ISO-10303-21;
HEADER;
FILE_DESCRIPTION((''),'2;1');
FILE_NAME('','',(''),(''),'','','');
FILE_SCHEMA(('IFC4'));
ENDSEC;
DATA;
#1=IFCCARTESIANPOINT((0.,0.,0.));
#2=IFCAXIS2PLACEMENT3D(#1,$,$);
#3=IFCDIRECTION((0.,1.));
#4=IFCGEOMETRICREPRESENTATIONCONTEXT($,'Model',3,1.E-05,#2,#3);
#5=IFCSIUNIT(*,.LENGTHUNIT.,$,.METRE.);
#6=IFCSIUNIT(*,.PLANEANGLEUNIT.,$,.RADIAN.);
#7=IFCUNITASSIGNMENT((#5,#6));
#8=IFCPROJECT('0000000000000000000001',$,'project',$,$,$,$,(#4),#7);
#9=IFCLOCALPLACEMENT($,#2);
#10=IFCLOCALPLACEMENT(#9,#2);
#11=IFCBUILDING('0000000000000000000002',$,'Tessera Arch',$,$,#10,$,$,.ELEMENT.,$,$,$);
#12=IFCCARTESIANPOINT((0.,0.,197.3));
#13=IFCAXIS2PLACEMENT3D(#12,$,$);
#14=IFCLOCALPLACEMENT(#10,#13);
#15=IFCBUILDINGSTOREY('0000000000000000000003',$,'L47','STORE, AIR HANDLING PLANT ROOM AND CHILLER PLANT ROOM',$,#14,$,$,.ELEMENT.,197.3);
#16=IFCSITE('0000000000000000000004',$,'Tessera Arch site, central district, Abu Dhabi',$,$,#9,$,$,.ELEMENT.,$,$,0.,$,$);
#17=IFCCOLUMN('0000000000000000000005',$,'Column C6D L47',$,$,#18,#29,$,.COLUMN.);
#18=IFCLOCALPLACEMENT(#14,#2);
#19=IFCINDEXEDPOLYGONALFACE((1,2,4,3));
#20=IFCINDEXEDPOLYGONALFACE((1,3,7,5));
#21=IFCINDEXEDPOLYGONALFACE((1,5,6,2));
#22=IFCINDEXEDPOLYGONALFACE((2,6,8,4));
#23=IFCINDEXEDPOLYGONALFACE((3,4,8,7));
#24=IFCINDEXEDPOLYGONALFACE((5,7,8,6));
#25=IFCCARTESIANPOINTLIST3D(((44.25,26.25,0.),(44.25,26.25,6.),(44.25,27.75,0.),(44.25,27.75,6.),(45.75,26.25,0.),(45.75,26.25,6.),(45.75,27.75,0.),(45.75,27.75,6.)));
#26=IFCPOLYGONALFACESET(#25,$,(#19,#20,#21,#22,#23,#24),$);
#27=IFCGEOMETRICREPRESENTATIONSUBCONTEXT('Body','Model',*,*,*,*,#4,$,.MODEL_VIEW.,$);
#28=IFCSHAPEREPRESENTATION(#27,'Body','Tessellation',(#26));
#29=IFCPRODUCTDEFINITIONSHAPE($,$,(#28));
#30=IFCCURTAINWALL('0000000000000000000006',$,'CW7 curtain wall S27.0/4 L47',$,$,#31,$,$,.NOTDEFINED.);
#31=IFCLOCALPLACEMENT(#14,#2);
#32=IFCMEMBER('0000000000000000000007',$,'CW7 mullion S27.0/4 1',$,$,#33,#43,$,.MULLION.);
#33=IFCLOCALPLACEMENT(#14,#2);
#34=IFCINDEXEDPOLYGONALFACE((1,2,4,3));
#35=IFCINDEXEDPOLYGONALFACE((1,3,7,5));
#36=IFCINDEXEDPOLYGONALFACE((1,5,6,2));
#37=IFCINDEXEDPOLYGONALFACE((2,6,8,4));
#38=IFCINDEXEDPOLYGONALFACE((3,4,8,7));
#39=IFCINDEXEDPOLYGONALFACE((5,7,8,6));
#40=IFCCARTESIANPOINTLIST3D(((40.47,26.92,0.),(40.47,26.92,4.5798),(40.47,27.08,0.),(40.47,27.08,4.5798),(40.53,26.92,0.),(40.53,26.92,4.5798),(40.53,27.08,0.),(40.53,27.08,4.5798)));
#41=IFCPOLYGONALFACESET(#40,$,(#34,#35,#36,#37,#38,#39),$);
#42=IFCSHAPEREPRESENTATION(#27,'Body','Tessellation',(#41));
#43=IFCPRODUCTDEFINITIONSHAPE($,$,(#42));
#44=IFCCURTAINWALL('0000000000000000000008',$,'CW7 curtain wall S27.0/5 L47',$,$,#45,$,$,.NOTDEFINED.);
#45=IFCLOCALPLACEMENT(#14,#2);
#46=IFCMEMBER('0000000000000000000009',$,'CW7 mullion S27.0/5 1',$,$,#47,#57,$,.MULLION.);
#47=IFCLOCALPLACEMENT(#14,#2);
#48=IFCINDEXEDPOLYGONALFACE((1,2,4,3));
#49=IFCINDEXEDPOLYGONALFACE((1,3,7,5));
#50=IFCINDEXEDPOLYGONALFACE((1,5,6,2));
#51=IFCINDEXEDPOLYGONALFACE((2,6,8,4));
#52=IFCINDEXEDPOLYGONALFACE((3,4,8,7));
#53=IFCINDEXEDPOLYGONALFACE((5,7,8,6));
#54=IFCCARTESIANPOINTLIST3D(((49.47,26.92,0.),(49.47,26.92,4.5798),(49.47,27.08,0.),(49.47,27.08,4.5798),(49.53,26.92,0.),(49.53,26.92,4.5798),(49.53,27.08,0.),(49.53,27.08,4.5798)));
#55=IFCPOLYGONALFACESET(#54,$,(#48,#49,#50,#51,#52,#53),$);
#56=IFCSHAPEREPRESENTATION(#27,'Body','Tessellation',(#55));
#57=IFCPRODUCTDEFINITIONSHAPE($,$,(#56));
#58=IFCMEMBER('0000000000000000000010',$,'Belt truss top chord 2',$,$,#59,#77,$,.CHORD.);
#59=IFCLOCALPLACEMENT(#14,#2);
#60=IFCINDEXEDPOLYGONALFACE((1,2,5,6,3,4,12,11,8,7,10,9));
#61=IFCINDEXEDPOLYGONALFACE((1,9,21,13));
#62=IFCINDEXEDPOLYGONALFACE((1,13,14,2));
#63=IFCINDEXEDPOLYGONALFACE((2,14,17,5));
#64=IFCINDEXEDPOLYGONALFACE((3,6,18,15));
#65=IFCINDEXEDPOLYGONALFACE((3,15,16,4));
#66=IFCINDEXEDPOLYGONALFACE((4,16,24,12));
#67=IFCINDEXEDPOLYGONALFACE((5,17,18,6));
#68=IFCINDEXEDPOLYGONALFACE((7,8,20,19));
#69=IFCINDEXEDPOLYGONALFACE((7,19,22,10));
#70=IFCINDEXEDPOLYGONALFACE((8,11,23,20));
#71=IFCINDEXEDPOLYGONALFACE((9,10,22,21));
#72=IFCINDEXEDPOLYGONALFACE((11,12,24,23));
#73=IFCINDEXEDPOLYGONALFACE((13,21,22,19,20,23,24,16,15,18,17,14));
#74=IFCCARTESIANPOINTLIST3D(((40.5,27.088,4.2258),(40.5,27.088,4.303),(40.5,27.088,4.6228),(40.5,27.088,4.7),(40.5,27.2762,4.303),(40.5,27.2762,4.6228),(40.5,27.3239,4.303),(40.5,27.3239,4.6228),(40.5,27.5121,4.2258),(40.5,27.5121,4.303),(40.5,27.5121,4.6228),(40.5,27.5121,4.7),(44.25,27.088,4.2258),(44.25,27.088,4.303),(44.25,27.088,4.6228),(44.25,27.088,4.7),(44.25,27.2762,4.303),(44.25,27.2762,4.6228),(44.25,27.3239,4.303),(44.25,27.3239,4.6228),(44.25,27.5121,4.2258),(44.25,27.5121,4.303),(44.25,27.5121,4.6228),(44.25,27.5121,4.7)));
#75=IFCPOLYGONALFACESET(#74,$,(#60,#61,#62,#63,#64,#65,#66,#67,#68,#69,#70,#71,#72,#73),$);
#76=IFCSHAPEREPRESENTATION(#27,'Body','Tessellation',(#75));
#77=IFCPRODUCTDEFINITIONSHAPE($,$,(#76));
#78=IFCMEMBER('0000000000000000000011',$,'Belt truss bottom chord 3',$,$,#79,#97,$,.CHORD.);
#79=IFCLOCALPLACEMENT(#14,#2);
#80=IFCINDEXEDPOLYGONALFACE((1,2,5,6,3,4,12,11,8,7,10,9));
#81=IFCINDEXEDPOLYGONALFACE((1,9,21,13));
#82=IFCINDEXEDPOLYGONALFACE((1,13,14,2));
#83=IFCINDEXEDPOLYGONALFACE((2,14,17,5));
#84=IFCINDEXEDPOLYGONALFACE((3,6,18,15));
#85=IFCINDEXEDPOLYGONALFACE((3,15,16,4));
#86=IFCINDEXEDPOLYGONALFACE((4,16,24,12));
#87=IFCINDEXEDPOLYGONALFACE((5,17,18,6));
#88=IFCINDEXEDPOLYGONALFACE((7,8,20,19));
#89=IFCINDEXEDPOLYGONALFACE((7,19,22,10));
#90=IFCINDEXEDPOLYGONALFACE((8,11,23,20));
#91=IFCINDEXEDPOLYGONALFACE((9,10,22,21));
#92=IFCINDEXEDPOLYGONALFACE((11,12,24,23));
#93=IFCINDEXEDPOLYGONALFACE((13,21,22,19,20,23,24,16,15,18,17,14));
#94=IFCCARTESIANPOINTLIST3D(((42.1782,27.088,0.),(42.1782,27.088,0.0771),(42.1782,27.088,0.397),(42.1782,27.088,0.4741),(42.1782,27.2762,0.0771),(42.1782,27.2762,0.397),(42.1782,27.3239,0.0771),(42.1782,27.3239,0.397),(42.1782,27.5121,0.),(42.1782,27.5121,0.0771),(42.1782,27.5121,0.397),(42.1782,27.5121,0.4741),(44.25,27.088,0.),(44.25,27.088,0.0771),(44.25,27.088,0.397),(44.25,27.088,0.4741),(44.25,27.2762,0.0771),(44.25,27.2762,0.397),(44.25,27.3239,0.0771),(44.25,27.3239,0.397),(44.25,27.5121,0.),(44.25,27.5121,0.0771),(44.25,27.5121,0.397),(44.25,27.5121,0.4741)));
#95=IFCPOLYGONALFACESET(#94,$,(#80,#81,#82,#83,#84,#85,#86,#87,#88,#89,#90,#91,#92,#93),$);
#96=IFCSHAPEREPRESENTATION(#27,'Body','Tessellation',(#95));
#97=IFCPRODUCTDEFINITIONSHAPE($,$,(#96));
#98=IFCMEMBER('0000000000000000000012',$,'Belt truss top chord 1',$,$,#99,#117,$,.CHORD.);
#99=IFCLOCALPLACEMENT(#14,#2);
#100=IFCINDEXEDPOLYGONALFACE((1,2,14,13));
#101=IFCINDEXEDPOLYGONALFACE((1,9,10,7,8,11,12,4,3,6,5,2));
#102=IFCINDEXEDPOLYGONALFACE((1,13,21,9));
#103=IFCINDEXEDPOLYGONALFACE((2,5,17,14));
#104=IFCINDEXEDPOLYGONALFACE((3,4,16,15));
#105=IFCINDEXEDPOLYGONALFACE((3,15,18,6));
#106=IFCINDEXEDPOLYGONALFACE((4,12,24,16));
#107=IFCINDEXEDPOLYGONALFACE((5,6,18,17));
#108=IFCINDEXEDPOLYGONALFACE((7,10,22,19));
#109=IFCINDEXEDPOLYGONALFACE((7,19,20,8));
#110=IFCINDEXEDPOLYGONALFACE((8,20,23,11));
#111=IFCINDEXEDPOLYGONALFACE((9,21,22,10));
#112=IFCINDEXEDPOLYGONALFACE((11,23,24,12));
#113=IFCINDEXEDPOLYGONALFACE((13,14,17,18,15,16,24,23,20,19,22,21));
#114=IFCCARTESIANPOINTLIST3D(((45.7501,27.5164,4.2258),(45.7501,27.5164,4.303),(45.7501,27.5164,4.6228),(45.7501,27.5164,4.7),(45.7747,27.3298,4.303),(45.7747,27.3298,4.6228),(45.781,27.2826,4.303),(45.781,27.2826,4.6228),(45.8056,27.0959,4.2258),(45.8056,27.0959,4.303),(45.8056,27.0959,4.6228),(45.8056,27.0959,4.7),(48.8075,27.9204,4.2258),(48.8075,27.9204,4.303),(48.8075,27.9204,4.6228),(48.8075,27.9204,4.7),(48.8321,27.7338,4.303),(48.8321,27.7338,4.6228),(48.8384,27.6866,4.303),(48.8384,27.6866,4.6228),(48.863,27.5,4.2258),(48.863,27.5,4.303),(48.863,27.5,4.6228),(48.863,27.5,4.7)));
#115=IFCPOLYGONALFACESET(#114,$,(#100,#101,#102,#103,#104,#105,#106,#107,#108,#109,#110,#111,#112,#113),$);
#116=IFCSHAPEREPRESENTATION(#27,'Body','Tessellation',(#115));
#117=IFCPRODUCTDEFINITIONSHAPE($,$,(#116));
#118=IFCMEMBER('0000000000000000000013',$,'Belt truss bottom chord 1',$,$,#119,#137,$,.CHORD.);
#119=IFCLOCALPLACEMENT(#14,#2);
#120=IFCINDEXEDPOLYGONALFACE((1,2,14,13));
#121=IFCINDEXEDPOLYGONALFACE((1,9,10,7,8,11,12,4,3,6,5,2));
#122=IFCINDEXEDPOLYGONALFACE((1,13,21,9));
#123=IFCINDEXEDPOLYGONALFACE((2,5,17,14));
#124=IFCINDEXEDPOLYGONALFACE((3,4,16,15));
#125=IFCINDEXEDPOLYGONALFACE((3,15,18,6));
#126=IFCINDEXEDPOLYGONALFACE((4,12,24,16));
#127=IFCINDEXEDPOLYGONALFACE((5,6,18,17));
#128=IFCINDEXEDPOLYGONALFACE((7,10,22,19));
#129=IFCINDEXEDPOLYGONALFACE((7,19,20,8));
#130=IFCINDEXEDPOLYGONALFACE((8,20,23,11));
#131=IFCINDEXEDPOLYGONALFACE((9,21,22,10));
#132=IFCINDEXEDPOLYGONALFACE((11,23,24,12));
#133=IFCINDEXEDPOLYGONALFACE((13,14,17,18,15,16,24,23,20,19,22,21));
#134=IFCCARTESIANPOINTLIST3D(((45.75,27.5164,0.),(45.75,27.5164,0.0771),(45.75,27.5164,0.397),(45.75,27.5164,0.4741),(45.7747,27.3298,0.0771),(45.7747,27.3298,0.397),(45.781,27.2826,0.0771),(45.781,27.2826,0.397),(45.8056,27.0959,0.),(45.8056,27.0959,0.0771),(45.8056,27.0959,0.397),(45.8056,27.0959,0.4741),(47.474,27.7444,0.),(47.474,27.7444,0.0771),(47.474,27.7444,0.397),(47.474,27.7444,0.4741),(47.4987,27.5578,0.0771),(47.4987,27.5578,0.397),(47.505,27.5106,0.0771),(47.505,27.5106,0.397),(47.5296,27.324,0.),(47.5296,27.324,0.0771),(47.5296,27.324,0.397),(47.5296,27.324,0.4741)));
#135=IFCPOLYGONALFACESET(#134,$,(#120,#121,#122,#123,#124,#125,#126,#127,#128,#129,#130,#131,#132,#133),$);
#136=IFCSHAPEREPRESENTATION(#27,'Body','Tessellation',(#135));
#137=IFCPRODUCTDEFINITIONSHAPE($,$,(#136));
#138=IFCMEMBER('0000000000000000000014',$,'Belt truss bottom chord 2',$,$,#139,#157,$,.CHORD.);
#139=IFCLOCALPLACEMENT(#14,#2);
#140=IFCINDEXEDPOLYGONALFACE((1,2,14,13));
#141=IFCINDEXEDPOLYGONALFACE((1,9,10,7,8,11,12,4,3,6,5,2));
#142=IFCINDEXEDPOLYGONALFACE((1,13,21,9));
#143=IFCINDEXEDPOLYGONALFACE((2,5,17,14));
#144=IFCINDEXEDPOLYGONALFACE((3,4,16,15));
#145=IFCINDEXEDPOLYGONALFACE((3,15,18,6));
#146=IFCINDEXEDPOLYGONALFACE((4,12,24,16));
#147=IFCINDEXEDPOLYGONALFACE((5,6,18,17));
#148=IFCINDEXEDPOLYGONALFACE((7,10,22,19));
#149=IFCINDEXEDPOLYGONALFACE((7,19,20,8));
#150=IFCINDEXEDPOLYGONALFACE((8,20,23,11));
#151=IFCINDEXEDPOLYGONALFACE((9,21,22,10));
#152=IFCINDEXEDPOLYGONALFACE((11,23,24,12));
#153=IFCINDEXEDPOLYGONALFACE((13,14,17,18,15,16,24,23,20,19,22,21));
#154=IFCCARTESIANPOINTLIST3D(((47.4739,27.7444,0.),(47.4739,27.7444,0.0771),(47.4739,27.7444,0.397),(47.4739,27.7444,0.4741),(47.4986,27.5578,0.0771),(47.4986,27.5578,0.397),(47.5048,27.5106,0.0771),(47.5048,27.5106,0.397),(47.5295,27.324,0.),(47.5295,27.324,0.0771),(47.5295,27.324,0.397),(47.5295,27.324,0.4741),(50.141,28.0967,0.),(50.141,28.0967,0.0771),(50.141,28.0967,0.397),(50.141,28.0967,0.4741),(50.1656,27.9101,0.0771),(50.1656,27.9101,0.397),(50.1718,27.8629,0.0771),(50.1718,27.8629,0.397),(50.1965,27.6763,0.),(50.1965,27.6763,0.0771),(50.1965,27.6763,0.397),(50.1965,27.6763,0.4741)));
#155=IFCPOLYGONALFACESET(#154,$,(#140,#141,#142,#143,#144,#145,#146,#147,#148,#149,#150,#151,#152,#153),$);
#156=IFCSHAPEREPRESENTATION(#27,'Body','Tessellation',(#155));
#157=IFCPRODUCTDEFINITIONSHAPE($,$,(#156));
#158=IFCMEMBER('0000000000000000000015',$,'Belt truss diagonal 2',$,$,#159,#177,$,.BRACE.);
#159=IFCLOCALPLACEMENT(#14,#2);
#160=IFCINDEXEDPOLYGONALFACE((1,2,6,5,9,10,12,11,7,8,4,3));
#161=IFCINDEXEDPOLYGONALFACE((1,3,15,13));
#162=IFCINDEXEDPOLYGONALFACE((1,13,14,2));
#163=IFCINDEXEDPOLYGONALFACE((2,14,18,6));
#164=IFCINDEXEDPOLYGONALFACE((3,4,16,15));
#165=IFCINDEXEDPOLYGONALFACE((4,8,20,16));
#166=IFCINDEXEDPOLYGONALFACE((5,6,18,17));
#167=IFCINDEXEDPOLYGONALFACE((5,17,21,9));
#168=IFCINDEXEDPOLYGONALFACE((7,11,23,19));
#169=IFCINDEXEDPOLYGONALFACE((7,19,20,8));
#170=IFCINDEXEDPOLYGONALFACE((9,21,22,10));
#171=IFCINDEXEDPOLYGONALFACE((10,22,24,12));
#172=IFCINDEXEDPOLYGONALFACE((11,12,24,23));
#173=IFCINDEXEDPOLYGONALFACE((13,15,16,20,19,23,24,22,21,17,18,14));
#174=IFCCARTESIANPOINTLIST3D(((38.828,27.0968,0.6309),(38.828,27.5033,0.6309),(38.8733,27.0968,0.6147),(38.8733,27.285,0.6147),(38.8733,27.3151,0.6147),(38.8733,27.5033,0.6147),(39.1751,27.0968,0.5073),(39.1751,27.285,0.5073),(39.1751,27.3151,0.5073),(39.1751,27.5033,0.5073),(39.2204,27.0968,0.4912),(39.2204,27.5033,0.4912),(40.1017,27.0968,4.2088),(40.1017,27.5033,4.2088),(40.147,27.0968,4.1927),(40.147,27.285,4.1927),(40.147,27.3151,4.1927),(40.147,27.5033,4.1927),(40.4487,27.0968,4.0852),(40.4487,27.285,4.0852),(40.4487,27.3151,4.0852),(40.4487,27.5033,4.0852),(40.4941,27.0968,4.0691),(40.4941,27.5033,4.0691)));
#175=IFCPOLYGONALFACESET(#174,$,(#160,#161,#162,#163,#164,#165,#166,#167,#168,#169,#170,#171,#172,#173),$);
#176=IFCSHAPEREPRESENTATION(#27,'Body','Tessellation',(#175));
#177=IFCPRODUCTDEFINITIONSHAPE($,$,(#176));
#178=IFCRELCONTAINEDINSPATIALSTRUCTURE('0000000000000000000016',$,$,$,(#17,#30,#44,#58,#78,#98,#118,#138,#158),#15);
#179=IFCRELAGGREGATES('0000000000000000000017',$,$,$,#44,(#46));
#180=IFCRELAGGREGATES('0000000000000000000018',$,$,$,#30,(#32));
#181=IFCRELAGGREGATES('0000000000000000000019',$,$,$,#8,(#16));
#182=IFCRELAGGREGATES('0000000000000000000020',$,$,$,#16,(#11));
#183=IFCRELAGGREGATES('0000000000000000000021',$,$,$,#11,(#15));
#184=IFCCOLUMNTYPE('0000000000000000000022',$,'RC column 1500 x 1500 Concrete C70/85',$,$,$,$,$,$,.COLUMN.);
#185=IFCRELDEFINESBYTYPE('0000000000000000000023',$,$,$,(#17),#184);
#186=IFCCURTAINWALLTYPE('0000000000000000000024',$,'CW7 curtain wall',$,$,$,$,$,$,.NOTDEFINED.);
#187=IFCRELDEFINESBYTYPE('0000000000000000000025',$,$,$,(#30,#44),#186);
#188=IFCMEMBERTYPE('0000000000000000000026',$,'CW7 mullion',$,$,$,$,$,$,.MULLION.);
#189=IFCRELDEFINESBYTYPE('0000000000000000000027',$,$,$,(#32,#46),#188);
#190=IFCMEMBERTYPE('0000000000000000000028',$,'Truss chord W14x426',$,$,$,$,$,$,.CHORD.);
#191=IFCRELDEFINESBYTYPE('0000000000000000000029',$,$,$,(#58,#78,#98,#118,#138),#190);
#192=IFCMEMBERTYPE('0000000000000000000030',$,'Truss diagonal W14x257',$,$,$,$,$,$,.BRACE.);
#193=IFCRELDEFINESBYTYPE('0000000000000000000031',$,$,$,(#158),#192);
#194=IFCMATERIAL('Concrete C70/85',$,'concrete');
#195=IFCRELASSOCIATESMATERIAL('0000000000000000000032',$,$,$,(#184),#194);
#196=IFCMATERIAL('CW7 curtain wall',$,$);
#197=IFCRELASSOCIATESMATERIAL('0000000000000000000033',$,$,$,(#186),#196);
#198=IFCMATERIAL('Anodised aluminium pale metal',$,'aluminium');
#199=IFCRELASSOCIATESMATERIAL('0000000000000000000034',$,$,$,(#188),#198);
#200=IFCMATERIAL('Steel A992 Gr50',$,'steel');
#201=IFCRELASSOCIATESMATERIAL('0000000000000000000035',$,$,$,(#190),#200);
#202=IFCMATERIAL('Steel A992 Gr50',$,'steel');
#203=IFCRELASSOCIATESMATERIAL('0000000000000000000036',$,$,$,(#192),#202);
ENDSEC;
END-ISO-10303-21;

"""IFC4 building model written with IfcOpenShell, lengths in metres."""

from ifc_helpers import new_model, si_unit, direction, frame, origin, origin_2d, place, context, subcontext, project, spatial, rectangle, i_section, extrude, material, material_profile, profile_set, type_object, element, aggregate, save


model = new_model("IFC4")

# Units and contexts
model_context = context("Model", 3, precision=1e-05, world=origin(), true_north=direction((0.0, 1.0)))
body_context = subcontext(model_context, "Body", "Model", "MODEL_VIEW")
ifc_project = project(units=[si_unit("LENGTHUNIT", "METRE"), si_unit("PLANEANGLEUNIT", "RADIAN")], contexts=[model_context])

# Site, building, storey
site_placement = place(None, origin())
site = spatial("IfcSite", under=ifc_project, at=site_placement, Name="Tessera Arch site, central district, Abu Dhabi", CompositionType="ELEMENT", RefElevation=0.0)
building_placement = place(site_placement, origin())
building = spatial("IfcBuilding", under=site, at=building_placement, Name="Tessera Arch", CompositionType="ELEMENT")
storey_placement = place(building_placement, frame((0.0, 0.0, 197.3)))
storey = spatial("IfcBuildingStorey", under=building, at=storey_placement, Name="L47", Description="STORE, AIR HANDLING PLANT ROOM AND CHILLER PLANT ROOM", CompositionType="ELEMENT", Elevation=197.3)

# Column
ifc_material_1 = material(Name="Concrete C70/85", Category="concrete")
ifc_material_profile_1 = material_profile(ifc_material_1, rectangle(XDim=1.5, YDim=1.5, at=origin_2d()), Name="RC column 1500 x 1500 Concrete C70/85")
ifc_profile_set_1 = profile_set([ifc_material_profile_1], Name="Concrete C70/85")
column_type = type_object("IfcColumnType", Name="RC column 1500 x 1500 Concrete C70/85", PredefinedType="COLUMN", material=ifc_profile_set_1)
column_placement = place(storey_placement, frame((45.0, 27.0, 0.0), z_axis=(0.0, 0.0, 1.0), x_axis=(1.0, 0.0, 0.0)))
element("IfcColumn", 1, at=column_placement, inside=storey, type_object=column_type, Name="Column C6D L47", PredefinedType="COLUMN", context=body_context, shape_type="SweptSolid", body=[
    extrude(rectangle(XDim=1.5, YDim=1.5, at=origin_2d()), origin(), (0.0, 0.0, 1.0), 6.0),
])

# Curtain walls, members
ifc_material_2 = material(Name="CW7 curtain wall")
curtain_wall_type = type_object("IfcCurtainWallType", Name="CW7 curtain wall", PredefinedType="NOTDEFINED", material=ifc_material_2)
curtain_wall_1_placement = place(storey_placement, origin())
curtain_wall_1 = element("IfcCurtainWall", 2, at=curtain_wall_1_placement, inside=storey, type_object=curtain_wall_type, Name="CW7 curtain wall S27.0/4 L47", PredefinedType="NOTDEFINED")
ifc_material_3 = material(Name="Anodised aluminium pale metal", Category="aluminium")
ifc_material_profile_2 = material_profile(ifc_material_3, rectangle(XDim=0.1599, YDim=0.0601, at=origin_2d()), Name="AL 60x160")
ifc_profile_set_2 = profile_set([ifc_material_profile_2], Name="Anodised aluminium pale metal")
member_type_1 = type_object("IfcMemberType", Name="CW7 mullion", PredefinedType="MULLION", material=ifc_profile_set_2)
member_1_placement = place(storey_placement, frame((40.5, 27.0, 0.0), z_axis=(0.0, 0.0, 1.0), x_axis=(0.0, 1.0, 0.0)))
member_1 = element("IfcMember", 3, at=member_1_placement, type_object=member_type_1, Name="CW7 mullion S27.0/4 1", PredefinedType="MULLION", context=body_context, shape_type="SweptSolid", body=[
    extrude(rectangle(XDim=0.1599, YDim=0.0601, at=origin_2d()), origin(), (0.0, 0.0, 1.0), 4.5798),
])
curtain_wall_2_placement = place(storey_placement, origin())
curtain_wall_2 = element("IfcCurtainWall", 4, at=curtain_wall_2_placement, inside=storey, type_object=curtain_wall_type, Name="CW7 curtain wall S27.0/5 L47", PredefinedType="NOTDEFINED")
member_2_placement = place(storey_placement, frame((49.5, 27.0, 0.0), z_axis=(0.0, 0.0, 1.0), x_axis=(0.0, 1.0, 0.0)))
member_2 = element("IfcMember", 5, at=member_2_placement, type_object=member_type_1, Name="CW7 mullion S27.0/5 1", PredefinedType="MULLION", context=body_context, shape_type="SweptSolid", body=[
    extrude(rectangle(XDim=0.1599, YDim=0.0601, at=origin_2d()), origin(), (0.0, 0.0, 1.0), 4.5798),
])

# Members
ifc_material_4 = material(Name="Steel A992 Gr50", Category="steel")
ifc_material_profile_3 = material_profile(ifc_material_4, i_section(OverallWidth=0.4241, OverallDepth=0.4741, WebThickness=0.0476, FlangeThickness=0.0771, at=origin_2d()), Name="W14x426")
ifc_profile_set_3 = profile_set([ifc_material_profile_3], Name="Steel A992 Gr50")
member_type_2 = type_object("IfcMemberType", Name="Truss chord W14x426", PredefinedType="CHORD", material=ifc_profile_set_3)
member_3_placement = place(storey_placement, frame((40.5, 27.3, 4.4629), z_axis=(1.0, 0.0, 0.0), x_axis=(0.0, 1.0, 0.0)))
element("IfcMember", 6, at=member_3_placement, inside=storey, type_object=member_type_2, Name="Belt truss top chord 2", PredefinedType="CHORD", context=body_context, shape_type="SweptSolid", body=[
    extrude(i_section(OverallWidth=0.4241, OverallDepth=0.4741, WebThickness=0.0476, FlangeThickness=0.0771, at=origin_2d()), origin(), (0.0, 0.0, 1.0), 3.75),
])
member_4_placement = place(storey_placement, frame((42.1782, 27.3, 0.2371), z_axis=(1.0, 0.0, 0.0), x_axis=(0.0, 1.0, 0.0)))
element("IfcMember", 7, at=member_4_placement, inside=storey, type_object=member_type_2, Name="Belt truss bottom chord 3", PredefinedType="CHORD", context=body_context, shape_type="SweptSolid", body=[
    extrude(i_section(OverallWidth=0.4241, OverallDepth=0.4741, WebThickness=0.0476, FlangeThickness=0.0771, at=origin_2d()), origin(), (0.0, 0.0, 1.0), 2.0718),
])
member_5_placement = place(storey_placement, frame((45.7778, 27.3062, 4.4629), z_axis=(0.99138, 0.131018, 0.0), x_axis=(-0.131018, 0.99138, 0.0)))
element("IfcMember", 8, at=member_5_placement, inside=storey, type_object=member_type_2, Name="Belt truss top chord 1", PredefinedType="CHORD", context=body_context, shape_type="SweptSolid", body=[
    extrude(i_section(OverallWidth=0.4241, OverallDepth=0.4741, WebThickness=0.0476, FlangeThickness=0.0771, at=origin_2d()), origin(), (0.0, 0.0, 1.0), 3.084),
])
member_6_placement = place(storey_placement, frame((45.7778, 27.3062, 0.2371), z_axis=(0.991365, 0.131134, 0.0), x_axis=(-0.131134, 0.991365, 0.0)))
element("IfcMember", 9, at=member_6_placement, inside=storey, type_object=member_type_2, Name="Belt truss bottom chord 1", PredefinedType="CHORD", context=body_context, shape_type="SweptSolid", body=[
    extrude(i_section(OverallWidth=0.4241, OverallDepth=0.4741, WebThickness=0.0476, FlangeThickness=0.0771, at=origin_2d()), origin(), (0.0, 0.0, 1.0), 1.739),
])
member_7_placement = place(storey_placement, frame((47.5017, 27.5342, 0.2371), z_axis=(0.991388, 0.130957, 0.0), x_axis=(-0.130957, 0.991388, 0.0)))
element("IfcMember", 10, at=member_7_placement, inside=storey, type_object=member_type_2, Name="Belt truss bottom chord 2", PredefinedType="CHORD", context=body_context, shape_type="SweptSolid", body=[
    extrude(i_section(OverallWidth=0.4241, OverallDepth=0.4741, WebThickness=0.0476, FlangeThickness=0.0771, at=origin_2d()), origin(), (0.0, 0.0, 1.0), 2.6902),
])
ifc_material_5 = material(Name="Steel A992 Gr50", Category="steel")
ifc_material_profile_4 = material_profile(ifc_material_5, i_section(OverallWidth=0.4065, OverallDepth=0.4165, WebThickness=0.03, FlangeThickness=0.0481, at=origin_2d()), Name="W14x257")
ifc_profile_set_4 = profile_set([ifc_material_profile_4], Name="Steel A992 Gr50")
member_type_3 = type_object("IfcMemberType", Name="Truss diagonal W14x257", PredefinedType="BRACE", material=ifc_profile_set_4)
for number, where, z_axis, x_axis, name in (
    (11, (39.0242, 27.3, 0.561), (0.335371, 0.0, 0.942086), (0.0, 1.0, 0.0), "Belt truss diagonal 2"),
):
    element("IfcMember", number, at=place(storey_placement, frame(where, z_axis=z_axis, x_axis=x_axis)), inside=storey, type_object=member_type_3, Name=name, PredefinedType="BRACE", context=body_context, shape_type="SweptSolid", body=[
        extrude(i_section(OverallWidth=0.4065, OverallDepth=0.4165, WebThickness=0.03, FlangeThickness=0.0481, at=origin_2d()), origin(), (0.0, 0.0, 1.0), 3.7979),
    ])

aggregate(curtain_wall_2, [member_2])
aggregate(curtain_wall_1, [member_1])

save(model, "model.ifc")
